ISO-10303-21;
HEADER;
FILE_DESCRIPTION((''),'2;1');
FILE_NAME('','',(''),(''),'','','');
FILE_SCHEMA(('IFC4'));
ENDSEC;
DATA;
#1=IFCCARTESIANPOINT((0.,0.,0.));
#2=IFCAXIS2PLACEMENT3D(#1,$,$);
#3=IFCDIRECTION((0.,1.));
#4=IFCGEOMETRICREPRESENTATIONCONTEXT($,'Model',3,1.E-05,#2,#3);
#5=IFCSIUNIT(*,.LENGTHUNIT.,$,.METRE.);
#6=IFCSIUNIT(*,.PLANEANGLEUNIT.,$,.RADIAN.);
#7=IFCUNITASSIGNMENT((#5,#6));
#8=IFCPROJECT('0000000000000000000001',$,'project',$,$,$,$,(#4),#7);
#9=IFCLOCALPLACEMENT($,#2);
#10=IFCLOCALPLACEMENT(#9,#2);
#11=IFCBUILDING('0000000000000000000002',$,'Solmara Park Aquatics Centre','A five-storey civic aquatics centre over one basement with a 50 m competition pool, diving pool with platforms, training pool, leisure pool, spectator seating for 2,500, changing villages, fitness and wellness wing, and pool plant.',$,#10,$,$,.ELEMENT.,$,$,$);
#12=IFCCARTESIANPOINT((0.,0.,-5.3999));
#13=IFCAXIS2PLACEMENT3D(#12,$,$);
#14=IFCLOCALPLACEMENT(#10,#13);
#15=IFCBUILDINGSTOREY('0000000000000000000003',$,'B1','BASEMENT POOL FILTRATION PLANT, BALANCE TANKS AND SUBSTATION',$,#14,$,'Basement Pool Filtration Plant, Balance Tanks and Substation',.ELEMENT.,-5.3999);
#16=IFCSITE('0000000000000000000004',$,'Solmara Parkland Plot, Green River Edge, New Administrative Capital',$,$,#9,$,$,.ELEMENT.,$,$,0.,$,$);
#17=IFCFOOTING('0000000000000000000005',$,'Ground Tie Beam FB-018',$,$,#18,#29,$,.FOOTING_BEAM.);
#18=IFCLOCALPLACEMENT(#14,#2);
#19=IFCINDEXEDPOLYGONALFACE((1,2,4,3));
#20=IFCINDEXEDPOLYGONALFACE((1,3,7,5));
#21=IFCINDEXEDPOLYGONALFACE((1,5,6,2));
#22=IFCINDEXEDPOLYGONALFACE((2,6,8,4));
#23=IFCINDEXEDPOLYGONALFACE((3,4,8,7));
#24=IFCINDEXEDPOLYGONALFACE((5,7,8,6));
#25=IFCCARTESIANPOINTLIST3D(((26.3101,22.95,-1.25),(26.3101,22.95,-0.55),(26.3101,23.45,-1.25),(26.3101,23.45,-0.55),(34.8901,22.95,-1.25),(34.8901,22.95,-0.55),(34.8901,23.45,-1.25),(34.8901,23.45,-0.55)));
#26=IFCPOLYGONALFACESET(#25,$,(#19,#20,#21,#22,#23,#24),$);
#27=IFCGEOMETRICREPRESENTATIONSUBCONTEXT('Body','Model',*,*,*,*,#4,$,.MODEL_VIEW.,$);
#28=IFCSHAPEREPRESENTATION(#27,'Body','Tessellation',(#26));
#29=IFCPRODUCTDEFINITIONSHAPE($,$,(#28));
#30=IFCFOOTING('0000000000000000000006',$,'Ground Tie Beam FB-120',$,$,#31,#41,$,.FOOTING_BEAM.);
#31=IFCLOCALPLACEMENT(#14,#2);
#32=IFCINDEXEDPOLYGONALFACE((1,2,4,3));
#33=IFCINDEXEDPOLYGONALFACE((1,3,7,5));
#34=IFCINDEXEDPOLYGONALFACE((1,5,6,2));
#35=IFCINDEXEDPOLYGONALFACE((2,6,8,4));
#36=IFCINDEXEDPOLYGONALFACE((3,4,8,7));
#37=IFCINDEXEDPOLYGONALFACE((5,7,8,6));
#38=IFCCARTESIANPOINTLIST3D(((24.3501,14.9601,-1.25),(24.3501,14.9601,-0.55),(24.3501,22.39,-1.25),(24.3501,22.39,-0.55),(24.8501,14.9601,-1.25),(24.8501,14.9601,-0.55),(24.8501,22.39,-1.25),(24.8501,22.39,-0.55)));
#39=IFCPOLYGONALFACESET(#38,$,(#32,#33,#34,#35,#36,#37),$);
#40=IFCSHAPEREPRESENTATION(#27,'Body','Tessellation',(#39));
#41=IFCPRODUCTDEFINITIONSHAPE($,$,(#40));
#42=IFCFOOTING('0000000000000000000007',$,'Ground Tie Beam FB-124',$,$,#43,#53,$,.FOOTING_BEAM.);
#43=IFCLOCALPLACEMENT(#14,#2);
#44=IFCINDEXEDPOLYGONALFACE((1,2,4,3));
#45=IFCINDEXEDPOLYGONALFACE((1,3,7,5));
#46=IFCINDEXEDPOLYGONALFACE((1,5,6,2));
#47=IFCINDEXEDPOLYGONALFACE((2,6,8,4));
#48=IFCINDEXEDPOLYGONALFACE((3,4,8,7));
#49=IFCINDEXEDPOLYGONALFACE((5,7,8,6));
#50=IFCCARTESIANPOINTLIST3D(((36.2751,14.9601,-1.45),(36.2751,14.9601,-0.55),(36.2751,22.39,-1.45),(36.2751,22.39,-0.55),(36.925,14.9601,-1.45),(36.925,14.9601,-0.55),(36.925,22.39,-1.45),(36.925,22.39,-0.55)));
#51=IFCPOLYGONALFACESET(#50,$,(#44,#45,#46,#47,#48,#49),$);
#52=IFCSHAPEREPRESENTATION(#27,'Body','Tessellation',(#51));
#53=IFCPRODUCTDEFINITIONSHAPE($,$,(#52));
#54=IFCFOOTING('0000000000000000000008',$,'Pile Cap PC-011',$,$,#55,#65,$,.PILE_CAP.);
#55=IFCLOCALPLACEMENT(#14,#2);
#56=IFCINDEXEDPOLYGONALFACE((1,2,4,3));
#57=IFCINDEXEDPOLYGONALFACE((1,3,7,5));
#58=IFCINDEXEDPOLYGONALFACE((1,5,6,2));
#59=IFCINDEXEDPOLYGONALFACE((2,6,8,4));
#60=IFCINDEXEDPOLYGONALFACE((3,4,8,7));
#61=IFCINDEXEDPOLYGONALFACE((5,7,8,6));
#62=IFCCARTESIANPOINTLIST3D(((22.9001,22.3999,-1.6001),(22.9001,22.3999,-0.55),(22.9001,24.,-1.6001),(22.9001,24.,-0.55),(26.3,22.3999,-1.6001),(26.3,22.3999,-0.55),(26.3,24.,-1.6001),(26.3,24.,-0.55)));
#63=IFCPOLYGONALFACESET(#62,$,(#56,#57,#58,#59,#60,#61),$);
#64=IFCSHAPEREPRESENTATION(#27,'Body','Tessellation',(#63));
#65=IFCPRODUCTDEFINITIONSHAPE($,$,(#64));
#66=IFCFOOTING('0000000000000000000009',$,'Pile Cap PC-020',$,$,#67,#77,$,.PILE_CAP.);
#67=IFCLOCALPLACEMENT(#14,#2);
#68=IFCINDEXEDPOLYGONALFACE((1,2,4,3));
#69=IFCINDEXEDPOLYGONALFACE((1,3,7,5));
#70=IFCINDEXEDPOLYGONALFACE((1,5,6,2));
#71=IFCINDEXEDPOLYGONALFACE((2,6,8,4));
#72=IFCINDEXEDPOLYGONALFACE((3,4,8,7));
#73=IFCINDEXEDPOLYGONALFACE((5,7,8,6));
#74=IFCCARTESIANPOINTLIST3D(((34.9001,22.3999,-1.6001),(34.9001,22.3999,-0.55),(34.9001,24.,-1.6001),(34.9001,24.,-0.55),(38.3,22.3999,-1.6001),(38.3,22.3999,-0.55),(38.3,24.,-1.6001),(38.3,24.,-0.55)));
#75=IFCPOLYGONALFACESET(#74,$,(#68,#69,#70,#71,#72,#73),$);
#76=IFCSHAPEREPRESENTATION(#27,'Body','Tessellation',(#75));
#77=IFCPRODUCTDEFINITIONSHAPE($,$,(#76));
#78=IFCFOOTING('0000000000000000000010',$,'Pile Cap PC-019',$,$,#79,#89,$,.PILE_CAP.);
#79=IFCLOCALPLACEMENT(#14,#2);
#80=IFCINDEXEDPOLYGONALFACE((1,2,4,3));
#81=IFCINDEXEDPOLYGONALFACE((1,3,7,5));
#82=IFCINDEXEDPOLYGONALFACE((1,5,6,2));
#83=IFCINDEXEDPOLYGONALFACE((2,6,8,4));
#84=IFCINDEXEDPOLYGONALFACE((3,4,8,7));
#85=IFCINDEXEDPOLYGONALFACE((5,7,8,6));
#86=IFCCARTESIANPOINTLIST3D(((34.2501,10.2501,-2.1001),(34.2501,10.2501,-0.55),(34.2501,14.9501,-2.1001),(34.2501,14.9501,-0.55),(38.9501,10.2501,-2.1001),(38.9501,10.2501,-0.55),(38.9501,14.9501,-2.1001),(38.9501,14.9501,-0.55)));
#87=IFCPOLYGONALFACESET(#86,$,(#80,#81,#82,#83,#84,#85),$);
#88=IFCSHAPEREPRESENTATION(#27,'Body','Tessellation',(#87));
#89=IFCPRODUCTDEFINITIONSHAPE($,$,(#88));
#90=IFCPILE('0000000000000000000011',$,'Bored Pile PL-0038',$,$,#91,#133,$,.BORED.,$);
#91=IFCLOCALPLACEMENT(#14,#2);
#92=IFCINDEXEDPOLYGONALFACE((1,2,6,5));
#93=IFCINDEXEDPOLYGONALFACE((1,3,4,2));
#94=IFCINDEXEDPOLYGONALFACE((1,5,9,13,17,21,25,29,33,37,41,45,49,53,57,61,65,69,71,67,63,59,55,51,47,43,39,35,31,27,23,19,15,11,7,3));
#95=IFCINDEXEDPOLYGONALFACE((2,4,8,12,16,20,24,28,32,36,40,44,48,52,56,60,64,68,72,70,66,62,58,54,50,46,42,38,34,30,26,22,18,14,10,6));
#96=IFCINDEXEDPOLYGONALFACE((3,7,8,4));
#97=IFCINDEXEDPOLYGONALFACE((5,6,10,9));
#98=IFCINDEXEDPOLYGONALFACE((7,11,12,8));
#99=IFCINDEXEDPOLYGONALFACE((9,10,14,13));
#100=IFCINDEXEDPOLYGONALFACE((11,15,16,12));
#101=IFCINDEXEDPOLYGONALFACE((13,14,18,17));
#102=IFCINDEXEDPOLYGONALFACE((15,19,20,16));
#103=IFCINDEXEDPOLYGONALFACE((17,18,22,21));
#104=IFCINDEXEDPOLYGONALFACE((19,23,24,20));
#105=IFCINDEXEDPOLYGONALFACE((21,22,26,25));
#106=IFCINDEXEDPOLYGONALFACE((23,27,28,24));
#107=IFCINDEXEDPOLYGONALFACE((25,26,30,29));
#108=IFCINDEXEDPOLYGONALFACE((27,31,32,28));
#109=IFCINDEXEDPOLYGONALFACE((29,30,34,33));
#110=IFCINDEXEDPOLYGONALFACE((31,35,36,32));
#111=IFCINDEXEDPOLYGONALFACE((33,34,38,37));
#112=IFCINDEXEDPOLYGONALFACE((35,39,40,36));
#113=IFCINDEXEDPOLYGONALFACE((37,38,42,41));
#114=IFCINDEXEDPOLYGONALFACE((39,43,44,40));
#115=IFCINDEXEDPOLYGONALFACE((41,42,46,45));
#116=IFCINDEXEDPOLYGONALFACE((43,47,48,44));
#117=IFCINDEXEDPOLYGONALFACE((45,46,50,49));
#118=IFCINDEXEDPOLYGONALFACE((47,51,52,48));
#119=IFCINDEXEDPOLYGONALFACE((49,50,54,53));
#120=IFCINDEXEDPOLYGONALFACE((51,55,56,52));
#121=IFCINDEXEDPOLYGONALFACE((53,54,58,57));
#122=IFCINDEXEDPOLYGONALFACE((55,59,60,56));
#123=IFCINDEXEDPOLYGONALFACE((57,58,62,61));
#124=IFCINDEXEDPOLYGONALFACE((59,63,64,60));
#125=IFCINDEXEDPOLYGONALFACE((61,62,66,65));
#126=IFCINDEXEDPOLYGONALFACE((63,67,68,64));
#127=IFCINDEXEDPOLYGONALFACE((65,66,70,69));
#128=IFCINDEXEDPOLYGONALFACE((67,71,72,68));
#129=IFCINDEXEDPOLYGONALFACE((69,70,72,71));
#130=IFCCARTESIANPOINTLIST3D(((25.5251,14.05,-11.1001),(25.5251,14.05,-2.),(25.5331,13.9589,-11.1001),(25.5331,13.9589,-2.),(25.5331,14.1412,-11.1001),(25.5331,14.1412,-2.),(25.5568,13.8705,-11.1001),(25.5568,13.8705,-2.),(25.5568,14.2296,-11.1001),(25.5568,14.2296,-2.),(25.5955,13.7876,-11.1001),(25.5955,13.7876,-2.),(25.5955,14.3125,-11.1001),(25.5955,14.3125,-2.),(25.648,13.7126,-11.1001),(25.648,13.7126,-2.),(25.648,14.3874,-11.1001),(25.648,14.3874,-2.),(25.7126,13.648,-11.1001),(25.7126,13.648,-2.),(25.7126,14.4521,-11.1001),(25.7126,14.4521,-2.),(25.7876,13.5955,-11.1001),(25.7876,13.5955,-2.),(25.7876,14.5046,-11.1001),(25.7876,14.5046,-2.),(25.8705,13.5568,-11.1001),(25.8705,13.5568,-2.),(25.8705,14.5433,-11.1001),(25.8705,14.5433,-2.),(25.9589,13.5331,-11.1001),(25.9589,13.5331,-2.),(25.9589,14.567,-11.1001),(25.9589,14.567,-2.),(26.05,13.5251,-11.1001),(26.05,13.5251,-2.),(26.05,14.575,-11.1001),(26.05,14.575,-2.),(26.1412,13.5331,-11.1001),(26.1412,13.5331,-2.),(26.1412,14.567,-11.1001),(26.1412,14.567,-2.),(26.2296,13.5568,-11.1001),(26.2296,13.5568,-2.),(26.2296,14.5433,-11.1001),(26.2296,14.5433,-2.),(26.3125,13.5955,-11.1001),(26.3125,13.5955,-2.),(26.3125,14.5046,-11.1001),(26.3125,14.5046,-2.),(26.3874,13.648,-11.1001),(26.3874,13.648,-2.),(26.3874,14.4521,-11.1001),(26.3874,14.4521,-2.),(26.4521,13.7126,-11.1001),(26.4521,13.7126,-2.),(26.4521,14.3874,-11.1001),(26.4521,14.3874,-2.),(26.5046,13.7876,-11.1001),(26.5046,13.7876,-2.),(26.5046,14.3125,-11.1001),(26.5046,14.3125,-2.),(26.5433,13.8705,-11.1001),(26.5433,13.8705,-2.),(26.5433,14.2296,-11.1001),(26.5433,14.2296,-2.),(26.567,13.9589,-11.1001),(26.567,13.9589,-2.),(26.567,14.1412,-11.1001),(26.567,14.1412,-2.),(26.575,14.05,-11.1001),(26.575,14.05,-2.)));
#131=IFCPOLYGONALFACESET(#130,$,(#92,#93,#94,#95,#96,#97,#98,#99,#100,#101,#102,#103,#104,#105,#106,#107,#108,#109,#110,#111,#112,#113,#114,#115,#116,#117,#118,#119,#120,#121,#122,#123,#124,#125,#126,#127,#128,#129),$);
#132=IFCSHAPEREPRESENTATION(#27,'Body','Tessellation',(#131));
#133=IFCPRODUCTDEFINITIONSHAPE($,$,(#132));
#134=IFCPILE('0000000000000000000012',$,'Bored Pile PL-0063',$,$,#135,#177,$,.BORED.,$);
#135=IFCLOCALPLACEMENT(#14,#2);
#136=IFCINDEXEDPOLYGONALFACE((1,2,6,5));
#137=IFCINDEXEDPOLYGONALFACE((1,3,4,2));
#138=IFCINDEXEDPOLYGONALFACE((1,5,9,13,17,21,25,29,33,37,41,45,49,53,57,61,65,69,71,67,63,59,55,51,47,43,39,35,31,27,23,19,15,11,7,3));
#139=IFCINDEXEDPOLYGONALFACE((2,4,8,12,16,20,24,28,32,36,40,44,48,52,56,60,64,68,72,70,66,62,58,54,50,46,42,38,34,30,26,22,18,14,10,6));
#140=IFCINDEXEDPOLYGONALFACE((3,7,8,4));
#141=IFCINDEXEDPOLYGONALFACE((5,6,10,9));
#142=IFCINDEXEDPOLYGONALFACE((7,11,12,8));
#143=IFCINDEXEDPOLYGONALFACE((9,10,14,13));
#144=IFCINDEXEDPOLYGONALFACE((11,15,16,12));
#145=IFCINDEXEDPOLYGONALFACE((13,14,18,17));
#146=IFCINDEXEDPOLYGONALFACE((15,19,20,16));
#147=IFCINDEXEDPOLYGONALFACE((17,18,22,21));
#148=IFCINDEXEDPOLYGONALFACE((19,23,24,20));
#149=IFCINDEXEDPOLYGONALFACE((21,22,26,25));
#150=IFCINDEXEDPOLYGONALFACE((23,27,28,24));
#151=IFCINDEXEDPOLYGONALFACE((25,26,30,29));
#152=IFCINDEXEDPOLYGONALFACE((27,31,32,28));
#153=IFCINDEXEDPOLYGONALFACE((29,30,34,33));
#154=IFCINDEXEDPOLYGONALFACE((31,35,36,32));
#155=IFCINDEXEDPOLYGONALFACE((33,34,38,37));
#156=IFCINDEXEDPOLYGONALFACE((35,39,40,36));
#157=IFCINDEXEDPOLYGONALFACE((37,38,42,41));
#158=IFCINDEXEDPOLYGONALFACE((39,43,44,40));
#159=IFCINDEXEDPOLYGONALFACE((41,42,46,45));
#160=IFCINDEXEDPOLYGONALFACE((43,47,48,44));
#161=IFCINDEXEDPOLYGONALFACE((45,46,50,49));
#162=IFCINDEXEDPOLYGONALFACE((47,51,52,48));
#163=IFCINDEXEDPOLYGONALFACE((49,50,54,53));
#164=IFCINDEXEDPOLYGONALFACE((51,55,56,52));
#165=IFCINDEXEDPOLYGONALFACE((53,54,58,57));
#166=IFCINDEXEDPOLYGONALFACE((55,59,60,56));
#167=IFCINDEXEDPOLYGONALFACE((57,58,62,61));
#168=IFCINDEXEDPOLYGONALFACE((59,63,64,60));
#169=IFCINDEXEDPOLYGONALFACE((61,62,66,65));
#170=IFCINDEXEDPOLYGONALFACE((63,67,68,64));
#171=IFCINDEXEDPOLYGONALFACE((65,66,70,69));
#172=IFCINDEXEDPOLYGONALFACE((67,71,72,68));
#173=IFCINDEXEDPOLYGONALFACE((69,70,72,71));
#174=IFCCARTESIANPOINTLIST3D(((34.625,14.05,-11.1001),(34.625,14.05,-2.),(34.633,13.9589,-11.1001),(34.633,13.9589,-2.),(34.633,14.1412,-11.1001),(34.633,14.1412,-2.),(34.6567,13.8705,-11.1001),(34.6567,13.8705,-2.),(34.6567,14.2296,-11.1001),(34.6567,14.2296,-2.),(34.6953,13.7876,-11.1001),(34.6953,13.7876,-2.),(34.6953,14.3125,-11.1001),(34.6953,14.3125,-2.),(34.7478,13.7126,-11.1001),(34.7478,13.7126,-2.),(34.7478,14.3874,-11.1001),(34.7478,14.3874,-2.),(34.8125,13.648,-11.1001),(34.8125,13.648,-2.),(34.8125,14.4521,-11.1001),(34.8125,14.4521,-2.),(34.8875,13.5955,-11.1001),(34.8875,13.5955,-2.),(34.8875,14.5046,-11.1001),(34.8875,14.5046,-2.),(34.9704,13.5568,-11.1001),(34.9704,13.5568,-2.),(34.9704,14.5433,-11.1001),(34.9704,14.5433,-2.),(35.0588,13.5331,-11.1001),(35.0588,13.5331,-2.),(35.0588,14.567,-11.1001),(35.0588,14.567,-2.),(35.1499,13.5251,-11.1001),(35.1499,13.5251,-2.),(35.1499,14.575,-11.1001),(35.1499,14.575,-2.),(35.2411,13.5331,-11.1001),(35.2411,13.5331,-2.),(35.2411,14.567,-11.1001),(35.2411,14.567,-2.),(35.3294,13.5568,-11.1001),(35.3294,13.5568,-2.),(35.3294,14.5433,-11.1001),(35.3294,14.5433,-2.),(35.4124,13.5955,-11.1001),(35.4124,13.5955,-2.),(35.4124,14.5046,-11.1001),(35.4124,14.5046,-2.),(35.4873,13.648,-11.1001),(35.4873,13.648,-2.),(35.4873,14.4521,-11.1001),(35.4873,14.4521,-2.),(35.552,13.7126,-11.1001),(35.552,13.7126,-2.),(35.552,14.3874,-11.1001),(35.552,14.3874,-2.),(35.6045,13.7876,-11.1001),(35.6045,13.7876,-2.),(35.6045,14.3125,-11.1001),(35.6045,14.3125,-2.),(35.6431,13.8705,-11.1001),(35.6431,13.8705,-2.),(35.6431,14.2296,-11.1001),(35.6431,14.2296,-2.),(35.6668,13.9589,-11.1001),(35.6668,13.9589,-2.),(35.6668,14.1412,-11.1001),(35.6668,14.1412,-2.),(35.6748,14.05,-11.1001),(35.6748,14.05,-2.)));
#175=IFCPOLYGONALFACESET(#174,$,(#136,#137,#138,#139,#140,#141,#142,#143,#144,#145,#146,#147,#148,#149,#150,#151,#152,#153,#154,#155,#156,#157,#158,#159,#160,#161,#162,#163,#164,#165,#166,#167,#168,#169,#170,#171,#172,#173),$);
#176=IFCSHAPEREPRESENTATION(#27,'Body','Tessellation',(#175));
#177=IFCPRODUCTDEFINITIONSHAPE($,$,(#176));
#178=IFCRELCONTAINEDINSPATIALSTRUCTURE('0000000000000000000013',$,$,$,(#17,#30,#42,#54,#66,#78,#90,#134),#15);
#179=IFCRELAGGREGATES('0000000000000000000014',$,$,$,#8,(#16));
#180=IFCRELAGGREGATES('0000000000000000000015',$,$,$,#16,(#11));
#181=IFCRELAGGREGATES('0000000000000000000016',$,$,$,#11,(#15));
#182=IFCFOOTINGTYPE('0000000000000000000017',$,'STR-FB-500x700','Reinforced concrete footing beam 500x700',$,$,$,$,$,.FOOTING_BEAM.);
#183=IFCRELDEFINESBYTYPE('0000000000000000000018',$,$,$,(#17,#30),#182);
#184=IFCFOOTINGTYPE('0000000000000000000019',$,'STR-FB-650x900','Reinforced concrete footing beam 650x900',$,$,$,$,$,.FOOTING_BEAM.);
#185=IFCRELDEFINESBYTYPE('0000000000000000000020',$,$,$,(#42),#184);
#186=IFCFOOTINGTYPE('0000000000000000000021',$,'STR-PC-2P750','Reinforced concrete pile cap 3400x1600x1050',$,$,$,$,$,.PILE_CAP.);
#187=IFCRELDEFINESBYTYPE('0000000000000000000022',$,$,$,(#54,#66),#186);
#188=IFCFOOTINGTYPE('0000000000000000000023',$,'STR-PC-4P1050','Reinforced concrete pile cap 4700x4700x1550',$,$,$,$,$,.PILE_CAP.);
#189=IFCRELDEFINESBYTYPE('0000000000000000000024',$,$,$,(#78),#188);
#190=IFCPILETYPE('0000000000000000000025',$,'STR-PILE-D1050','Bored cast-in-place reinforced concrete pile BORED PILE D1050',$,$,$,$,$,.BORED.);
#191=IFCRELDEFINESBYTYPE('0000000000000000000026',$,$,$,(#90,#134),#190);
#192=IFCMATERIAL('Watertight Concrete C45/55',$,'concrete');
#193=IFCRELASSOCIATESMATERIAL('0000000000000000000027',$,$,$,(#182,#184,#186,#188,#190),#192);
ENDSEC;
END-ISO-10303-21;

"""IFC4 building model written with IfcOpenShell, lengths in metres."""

from ifc_helpers import new_model, si_unit, direction, frame, origin, origin_2d, place, context, subcontext, project, spatial, rectangle, circle, extrude, material, material_profile, profile_set, type_object, element, save


model = new_model("IFC4")

# Units and contexts
model_context = context("Model", 3, precision=1e-05, world=origin(), true_north=direction((0.0, 1.0)))
body_context = subcontext(model_context, "Body", "Model", "MODEL_VIEW")
ifc_project = project(units=[si_unit("LENGTHUNIT", "METRE"), si_unit("PLANEANGLEUNIT", "RADIAN")], contexts=[model_context])

# Site, building, storey
site_placement = place(None, origin())
site = spatial("IfcSite", under=ifc_project, at=site_placement, Name="Solmara Parkland Plot, Green River Edge, New Administrative Capital", CompositionType="ELEMENT", RefElevation=0.0)
building_placement = place(site_placement, origin())
building = spatial("IfcBuilding", under=site, at=building_placement, Name="Solmara Park Aquatics Centre", Description="A five-storey civic aquatics centre over one basement with a 50 m competition pool, diving pool with platforms, training pool, leisure pool, spectator seating for 2,500, changing villages, fitness and wellness wing, and pool plant.", CompositionType="ELEMENT")
storey_placement = place(building_placement, frame((0.0, 0.0, -5.3999)))
storey = spatial("IfcBuildingStorey", under=building, at=storey_placement, Name="B1", Description="BASEMENT POOL FILTRATION PLANT, BALANCE TANKS AND SUBSTATION", LongName="Basement Pool Filtration Plant, Balance Tanks and Substation", CompositionType="ELEMENT", Elevation=-5.3999)

# Footings
ifc_material_1 = material(Name="Watertight Concrete C45/55", Category="concrete")
footing_type_1 = type_object("IfcFootingType", Name="STR-FB-500x700", Description="Reinforced concrete footing beam 500x700", PredefinedType="FOOTING_BEAM", material=ifc_material_1)
footing_1_placement = place(storey_placement, frame((30.6001, 23.2, -1.25), z_axis=(0.0, 0.0, 1.0), x_axis=(1.0, 0.0, 0.0)))
element("IfcFooting", 1, at=footing_1_placement, inside=storey, type_object=footing_type_1, Name="Ground Tie Beam FB-018", PredefinedType="FOOTING_BEAM", context=body_context, shape_type="SweptSolid", body=[
    extrude(rectangle(XDim=8.5801, YDim=0.5, at=origin_2d()), origin(), (0.0, 0.0, 1.0), 0.7),
])
footing_2_placement = place(storey_placement, frame((24.6001, 18.675, -1.25), z_axis=(0.0, 0.0, 1.0), x_axis=(1.0, 0.0, 0.0)))
element("IfcFooting", 2, at=footing_2_placement, inside=storey, type_object=footing_type_1, Name="Ground Tie Beam FB-120", PredefinedType="FOOTING_BEAM", context=body_context, shape_type="SweptSolid", body=[
    extrude(rectangle(XDim=0.5, YDim=7.4299, at=origin_2d()), origin(), (0.0, 0.0, 1.0), 0.7),
])
footing_type_2 = type_object("IfcFootingType", Name="STR-FB-650x900", Description="Reinforced concrete footing beam 650x900", PredefinedType="FOOTING_BEAM", material=ifc_material_1)
footing_3_placement = place(storey_placement, frame((36.6001, 18.675, -1.45), z_axis=(0.0, 0.0, 1.0), x_axis=(1.0, 0.0, 0.0)))
element("IfcFooting", 3, at=footing_3_placement, inside=storey, type_object=footing_type_2, Name="Ground Tie Beam FB-124", PredefinedType="FOOTING_BEAM", context=body_context, shape_type="SweptSolid", body=[
    extrude(rectangle(XDim=0.6499, YDim=7.4299, at=origin_2d()), origin(), (0.0, 0.0, 1.0), 0.8999),
])
footing_type_3 = type_object("IfcFootingType", Name="STR-PC-2P750", Description="Reinforced concrete pile cap 3400x1600x1050", PredefinedType="PILE_CAP", material=ifc_material_1)
for number, where, z_axis, x_axis, name in (
    (4, (24.6001, 23.2, -1.6001), (0.0, 0.0, 1.0), (1.0, 0.0, 0.0), "Pile Cap PC-011"),
    (5, (36.6001, 23.2, -1.6001), (0.0, 0.0, 1.0), (1.0, 0.0, 0.0), "Pile Cap PC-020"),
):
    element("IfcFooting", number, at=place(storey_placement, frame(where, z_axis=z_axis, x_axis=x_axis)), inside=storey, type_object=footing_type_3, Name=name, PredefinedType="PILE_CAP", context=body_context, shape_type="SweptSolid", body=[
        extrude(rectangle(XDim=3.3999, YDim=1.6001, at=origin_2d()), origin(), (0.0, 0.0, 1.0), 1.05),
    ])
footing_type_4 = type_object("IfcFootingType", Name="STR-PC-4P1050", Description="Reinforced concrete pile cap 4700x4700x1550", PredefinedType="PILE_CAP", material=ifc_material_1)
footing_4_placement = place(storey_placement, frame((36.6001, 12.6001, -2.1001), z_axis=(0.0, 0.0, 1.0), x_axis=(1.0, 0.0, 0.0)))
element("IfcFooting", 6, at=footing_4_placement, inside=storey, type_object=footing_type_4, Name="Pile Cap PC-019", PredefinedType="PILE_CAP", context=body_context, shape_type="SweptSolid", body=[
    extrude(rectangle(XDim=4.7, YDim=4.7, at=origin_2d()), origin(), (0.0, 0.0, 1.0), 1.55),
])

# Piles
ifc_material_profile_1 = material_profile(ifc_material_1, circle(Radius=0.5249, at=origin_2d()), Name="BORED PILE D1050")
ifc_profile_set_1 = profile_set([ifc_material_profile_1], Name="Watertight Concrete C45/55")
pile_type_1 = type_object("IfcPileType", Name="STR-PILE-D1050", Description="Bored cast-in-place reinforced concrete pile BORED PILE D1050", PredefinedType="BORED", material=ifc_profile_set_1)
for number, where, z_axis, x_axis, name in (
    (7, (26.05, 14.05, -2.0), (0.0, 0.0, -1.0), (1.0, 0.0, 0.0), "Bored Pile PL-0038"),
    (8, (35.1499, 14.05, -2.0), (0.0, 0.0, -1.0), (1.0, 0.0, 0.0), "Bored Pile PL-0063"),
):
    element("IfcPile", number, at=place(storey_placement, frame(where, z_axis=z_axis, x_axis=x_axis)), inside=storey, type_object=pile_type_1, Name=name, PredefinedType="BORED", context=body_context, shape_type="SweptSolid", body=[
        extrude(circle(Radius=0.5249, at=origin_2d()), origin(), (0.0, 0.0, 1.0), 9.1001),
    ])

save(model, "model.ifc")
